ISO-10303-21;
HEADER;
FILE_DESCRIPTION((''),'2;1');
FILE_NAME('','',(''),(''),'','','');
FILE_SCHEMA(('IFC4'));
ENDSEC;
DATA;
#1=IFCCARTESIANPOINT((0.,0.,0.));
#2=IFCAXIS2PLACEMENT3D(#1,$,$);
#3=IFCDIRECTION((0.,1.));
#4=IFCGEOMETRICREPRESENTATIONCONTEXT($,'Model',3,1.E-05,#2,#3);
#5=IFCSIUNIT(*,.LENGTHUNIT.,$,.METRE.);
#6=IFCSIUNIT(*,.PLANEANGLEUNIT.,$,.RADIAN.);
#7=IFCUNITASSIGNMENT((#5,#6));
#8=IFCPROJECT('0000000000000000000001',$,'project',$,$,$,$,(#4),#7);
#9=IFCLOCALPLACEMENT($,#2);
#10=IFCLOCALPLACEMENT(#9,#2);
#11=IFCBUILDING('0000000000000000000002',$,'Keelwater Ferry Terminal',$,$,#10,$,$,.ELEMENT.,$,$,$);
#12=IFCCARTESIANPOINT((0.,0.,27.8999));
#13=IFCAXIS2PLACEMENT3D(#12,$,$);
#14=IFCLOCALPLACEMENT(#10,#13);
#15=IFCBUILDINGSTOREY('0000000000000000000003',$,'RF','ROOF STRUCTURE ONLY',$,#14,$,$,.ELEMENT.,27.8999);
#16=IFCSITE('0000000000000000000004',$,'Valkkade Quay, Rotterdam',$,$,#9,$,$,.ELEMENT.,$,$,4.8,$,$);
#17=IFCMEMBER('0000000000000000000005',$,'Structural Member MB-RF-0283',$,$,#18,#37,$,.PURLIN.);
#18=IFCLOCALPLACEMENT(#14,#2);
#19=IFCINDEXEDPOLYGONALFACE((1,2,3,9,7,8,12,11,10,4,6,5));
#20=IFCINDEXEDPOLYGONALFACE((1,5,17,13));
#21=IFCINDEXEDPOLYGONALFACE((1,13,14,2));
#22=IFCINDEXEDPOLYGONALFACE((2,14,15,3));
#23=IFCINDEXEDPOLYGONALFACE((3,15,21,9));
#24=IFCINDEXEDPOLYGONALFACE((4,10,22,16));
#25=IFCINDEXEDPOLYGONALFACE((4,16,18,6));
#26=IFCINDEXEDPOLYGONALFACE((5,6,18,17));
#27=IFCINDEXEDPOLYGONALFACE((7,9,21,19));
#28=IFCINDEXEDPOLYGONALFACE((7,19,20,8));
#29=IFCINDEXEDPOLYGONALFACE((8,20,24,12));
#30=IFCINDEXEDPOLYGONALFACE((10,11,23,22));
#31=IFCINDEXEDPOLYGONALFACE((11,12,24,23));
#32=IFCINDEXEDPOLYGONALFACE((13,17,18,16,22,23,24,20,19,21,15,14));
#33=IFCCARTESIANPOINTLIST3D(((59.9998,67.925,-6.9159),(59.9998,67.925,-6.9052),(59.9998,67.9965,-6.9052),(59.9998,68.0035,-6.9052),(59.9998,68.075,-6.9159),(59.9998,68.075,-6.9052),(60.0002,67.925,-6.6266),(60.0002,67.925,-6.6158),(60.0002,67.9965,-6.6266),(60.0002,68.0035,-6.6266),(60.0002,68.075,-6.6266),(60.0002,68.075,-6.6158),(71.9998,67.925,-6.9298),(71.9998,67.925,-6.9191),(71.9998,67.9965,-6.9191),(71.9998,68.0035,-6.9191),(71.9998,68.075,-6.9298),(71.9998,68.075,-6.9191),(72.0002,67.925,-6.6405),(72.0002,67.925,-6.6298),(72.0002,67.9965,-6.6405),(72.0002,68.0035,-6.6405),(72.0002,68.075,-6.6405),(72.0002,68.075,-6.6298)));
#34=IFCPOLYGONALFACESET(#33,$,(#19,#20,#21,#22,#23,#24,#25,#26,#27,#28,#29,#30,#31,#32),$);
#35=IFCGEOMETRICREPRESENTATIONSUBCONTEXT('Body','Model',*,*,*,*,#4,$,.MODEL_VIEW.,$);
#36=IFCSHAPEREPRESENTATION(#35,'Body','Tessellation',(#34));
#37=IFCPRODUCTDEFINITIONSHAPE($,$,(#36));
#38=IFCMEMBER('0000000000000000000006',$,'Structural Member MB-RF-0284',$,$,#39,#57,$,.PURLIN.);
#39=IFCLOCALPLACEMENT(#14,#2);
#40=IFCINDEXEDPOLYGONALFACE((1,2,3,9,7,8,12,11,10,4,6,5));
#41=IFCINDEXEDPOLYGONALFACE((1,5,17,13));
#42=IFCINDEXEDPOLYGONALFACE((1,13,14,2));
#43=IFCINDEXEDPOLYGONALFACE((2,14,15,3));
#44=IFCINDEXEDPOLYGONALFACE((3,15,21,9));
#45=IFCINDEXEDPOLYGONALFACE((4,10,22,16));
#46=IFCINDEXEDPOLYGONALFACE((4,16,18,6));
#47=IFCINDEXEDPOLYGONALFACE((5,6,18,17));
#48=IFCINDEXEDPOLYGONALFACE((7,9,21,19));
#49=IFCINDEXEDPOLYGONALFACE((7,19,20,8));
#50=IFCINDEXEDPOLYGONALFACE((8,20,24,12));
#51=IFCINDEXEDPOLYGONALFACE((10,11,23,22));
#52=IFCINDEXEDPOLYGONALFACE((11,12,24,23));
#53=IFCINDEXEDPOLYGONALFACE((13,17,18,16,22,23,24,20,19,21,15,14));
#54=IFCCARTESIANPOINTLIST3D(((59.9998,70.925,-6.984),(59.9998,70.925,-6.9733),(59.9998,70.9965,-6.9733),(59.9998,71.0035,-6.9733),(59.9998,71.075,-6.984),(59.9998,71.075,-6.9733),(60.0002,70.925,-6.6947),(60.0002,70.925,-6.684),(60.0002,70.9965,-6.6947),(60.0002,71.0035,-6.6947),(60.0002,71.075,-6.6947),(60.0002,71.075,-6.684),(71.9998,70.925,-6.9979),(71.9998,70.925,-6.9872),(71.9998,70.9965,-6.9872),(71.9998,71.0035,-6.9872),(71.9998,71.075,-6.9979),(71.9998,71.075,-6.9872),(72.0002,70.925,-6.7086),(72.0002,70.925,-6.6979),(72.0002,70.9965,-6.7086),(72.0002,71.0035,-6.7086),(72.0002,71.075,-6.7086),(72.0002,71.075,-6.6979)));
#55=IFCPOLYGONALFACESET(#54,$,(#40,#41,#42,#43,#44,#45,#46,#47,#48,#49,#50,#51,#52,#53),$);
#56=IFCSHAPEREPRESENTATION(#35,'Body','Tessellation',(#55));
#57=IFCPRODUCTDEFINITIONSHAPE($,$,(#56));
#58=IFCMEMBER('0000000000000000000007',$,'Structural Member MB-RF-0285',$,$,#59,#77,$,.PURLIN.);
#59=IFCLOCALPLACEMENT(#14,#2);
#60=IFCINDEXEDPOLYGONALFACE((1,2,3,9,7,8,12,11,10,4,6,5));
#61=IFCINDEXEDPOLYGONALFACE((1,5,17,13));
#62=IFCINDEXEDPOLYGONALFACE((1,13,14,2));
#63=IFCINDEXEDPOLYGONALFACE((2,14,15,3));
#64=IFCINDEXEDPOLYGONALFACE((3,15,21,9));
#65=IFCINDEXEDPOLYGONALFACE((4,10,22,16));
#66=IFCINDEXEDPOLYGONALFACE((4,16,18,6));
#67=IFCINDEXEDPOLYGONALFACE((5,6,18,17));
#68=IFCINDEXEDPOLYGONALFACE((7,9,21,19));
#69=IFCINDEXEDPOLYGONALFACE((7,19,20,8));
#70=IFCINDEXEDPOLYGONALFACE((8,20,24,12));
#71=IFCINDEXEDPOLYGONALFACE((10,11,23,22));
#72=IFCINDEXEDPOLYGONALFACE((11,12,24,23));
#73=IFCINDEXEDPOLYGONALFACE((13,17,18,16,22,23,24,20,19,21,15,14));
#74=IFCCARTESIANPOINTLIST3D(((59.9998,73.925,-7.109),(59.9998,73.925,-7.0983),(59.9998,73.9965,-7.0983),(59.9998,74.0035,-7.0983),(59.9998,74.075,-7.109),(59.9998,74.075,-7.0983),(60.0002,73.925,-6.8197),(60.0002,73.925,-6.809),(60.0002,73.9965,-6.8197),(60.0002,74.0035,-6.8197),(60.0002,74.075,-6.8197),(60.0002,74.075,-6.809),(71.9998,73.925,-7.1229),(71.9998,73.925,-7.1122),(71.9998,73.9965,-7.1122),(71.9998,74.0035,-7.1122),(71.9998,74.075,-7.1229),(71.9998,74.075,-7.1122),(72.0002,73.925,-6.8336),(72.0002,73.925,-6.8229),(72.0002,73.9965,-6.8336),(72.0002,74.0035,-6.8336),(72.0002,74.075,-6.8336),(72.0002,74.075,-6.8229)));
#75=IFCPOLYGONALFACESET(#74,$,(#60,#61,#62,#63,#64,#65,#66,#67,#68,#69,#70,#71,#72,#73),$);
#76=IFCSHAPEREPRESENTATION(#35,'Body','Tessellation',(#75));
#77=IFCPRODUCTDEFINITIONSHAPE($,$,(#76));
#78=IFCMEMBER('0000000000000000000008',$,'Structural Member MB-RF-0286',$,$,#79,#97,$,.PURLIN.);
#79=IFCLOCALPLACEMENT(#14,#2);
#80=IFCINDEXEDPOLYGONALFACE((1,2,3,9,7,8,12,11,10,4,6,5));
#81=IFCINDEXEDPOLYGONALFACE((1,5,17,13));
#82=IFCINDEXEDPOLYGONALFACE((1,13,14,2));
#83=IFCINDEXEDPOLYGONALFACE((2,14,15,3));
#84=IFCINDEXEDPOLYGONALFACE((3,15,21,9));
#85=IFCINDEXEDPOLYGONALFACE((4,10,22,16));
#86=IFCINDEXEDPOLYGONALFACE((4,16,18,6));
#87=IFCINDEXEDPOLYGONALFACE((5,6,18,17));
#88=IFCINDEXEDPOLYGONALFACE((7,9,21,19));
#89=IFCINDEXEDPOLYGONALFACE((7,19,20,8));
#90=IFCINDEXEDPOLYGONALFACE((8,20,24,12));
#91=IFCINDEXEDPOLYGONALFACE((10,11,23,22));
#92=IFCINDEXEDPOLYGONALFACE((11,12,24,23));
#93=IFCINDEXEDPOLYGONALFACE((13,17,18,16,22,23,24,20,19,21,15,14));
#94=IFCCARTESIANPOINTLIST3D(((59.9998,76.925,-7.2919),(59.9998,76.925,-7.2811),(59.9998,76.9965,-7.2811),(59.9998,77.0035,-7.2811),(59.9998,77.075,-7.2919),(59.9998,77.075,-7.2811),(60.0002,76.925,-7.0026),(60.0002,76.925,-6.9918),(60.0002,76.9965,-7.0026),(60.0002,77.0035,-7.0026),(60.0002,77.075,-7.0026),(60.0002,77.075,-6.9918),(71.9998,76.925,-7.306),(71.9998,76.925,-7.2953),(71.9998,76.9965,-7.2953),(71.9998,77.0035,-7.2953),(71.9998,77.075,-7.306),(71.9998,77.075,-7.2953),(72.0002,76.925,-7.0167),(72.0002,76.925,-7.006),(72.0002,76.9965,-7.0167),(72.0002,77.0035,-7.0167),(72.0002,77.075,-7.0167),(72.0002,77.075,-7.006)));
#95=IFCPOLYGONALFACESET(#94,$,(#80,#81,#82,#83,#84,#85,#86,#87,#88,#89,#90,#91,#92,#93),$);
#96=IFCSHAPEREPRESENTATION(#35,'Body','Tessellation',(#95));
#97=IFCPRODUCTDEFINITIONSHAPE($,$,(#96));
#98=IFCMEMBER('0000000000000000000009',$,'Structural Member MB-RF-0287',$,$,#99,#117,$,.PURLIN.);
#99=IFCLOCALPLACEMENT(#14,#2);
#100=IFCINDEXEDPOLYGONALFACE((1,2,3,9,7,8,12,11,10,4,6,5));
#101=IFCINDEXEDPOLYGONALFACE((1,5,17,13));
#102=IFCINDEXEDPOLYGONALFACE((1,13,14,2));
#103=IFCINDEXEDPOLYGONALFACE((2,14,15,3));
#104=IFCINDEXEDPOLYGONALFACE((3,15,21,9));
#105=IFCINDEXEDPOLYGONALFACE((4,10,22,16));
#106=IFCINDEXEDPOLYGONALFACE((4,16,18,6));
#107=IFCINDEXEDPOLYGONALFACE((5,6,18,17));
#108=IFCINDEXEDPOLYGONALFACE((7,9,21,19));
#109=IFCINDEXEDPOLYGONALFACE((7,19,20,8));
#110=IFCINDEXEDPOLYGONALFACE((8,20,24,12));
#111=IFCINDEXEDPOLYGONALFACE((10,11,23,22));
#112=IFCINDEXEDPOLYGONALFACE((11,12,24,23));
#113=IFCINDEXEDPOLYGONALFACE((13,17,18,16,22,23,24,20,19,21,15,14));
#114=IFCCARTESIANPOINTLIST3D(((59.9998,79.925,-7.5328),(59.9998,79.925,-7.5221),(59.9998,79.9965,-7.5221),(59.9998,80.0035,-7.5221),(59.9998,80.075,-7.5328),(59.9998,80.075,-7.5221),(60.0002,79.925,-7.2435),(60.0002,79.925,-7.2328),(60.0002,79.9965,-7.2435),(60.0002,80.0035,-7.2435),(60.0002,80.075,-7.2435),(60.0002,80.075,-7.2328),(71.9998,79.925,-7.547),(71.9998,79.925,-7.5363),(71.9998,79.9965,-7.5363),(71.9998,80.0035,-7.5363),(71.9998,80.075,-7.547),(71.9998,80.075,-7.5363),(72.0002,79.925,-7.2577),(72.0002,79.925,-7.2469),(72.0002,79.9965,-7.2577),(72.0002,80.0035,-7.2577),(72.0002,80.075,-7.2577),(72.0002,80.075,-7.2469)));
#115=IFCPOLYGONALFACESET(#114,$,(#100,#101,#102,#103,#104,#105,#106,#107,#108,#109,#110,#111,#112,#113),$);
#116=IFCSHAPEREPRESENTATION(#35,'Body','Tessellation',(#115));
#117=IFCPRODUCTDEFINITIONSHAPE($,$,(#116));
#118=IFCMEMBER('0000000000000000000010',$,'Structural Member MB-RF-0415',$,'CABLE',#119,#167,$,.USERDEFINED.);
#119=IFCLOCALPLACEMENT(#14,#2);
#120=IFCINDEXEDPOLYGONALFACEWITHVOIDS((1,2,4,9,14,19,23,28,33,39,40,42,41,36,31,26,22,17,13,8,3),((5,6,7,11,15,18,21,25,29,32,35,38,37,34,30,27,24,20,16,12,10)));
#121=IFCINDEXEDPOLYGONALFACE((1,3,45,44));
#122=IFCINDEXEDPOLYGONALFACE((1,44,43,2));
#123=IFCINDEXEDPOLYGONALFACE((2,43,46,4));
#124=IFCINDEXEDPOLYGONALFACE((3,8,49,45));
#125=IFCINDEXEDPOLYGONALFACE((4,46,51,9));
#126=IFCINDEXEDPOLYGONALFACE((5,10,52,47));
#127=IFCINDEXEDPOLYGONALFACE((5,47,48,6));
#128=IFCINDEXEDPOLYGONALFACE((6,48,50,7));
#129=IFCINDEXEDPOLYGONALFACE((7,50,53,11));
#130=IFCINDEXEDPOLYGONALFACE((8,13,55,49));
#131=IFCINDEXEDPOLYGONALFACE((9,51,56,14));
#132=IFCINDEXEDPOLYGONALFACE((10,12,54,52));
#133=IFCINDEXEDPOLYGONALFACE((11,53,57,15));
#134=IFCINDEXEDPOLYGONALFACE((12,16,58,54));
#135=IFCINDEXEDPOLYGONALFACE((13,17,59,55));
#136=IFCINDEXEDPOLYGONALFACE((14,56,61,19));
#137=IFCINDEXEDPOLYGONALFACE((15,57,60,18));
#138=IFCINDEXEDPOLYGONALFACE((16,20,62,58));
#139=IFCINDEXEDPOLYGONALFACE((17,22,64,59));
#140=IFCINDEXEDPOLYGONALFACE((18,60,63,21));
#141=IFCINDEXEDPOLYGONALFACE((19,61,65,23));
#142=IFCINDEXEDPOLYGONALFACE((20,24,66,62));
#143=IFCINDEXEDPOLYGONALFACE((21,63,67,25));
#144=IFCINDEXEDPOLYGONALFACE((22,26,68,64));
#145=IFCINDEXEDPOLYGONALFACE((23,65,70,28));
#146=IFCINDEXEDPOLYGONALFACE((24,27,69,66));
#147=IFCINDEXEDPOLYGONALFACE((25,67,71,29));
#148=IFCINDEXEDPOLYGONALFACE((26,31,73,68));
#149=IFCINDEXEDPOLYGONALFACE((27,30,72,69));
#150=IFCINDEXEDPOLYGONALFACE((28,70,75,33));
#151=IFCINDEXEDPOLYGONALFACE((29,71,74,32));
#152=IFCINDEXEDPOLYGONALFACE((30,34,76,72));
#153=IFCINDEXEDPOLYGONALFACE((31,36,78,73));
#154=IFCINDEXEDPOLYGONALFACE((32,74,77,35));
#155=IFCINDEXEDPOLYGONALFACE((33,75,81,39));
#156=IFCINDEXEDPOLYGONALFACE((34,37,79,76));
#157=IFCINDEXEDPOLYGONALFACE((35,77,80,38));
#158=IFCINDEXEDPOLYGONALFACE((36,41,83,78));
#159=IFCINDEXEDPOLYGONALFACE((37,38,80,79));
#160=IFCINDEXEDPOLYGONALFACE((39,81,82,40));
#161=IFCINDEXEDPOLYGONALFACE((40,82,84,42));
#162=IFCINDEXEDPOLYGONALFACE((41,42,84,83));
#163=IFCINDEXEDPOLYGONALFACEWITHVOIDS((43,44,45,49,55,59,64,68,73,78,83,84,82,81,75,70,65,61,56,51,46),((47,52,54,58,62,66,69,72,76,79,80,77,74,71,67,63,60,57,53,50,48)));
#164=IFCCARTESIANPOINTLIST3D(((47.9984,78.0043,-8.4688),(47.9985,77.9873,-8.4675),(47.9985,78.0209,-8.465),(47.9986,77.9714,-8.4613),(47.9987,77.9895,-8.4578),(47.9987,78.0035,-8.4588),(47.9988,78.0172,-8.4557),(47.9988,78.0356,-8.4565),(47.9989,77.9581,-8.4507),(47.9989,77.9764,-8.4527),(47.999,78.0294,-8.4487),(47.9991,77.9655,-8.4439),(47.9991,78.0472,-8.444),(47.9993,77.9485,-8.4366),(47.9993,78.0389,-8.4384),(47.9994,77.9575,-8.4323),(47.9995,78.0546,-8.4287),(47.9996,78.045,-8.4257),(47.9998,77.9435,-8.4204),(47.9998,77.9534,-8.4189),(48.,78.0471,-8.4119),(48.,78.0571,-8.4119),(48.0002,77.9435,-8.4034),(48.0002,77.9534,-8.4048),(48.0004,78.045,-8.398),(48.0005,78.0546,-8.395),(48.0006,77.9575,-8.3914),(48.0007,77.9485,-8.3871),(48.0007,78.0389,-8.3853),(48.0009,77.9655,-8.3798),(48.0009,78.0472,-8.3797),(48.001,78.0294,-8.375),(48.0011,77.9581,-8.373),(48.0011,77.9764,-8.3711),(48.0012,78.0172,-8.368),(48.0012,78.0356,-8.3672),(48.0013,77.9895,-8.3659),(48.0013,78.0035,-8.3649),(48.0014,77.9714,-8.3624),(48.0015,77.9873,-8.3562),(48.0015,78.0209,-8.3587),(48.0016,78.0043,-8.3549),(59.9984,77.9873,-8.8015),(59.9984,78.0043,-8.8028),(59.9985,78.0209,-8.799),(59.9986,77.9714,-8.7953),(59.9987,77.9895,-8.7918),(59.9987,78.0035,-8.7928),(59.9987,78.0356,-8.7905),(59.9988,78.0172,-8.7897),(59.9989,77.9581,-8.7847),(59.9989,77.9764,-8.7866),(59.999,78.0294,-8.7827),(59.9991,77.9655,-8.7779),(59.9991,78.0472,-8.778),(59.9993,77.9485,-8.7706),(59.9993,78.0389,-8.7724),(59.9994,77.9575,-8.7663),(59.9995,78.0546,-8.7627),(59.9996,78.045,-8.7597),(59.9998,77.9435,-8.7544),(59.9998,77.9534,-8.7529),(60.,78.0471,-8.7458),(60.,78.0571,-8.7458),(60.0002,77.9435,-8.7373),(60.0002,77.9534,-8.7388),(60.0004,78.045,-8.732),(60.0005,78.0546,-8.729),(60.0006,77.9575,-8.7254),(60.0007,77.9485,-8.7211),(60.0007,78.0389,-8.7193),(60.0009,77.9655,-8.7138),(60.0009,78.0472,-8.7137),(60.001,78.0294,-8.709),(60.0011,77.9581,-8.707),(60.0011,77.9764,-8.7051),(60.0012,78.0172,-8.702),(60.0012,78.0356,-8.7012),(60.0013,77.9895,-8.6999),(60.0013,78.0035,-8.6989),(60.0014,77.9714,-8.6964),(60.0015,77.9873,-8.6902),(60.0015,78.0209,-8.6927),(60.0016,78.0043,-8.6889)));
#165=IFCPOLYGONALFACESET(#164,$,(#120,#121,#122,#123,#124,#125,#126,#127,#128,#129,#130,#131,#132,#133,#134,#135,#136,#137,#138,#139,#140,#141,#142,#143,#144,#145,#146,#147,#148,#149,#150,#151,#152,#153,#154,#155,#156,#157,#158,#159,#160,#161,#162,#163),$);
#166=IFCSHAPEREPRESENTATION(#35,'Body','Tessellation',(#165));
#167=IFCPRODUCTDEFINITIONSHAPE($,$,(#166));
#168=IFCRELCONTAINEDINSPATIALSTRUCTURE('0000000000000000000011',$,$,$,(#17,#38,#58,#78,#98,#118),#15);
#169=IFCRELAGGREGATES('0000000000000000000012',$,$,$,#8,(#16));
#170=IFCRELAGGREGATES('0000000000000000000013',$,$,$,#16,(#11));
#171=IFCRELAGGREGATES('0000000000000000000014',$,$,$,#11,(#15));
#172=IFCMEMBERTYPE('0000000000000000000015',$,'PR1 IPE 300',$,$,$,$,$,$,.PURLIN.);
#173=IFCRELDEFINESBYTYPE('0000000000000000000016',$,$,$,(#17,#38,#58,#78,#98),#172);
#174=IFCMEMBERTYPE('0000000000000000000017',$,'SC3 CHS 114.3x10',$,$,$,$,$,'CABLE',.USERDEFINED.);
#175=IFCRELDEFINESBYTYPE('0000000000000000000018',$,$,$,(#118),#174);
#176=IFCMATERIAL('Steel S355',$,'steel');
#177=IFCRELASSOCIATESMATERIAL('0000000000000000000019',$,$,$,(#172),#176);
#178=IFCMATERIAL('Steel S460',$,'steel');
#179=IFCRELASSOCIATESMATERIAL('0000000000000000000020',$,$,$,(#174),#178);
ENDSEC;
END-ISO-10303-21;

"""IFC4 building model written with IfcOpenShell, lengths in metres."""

from ifc_helpers import new_model, si_unit, direction, frame, origin, origin_2d, place, context, subcontext, project, spatial, hollow_circle, i_section, extrude, material, material_profile, profile_set, type_object, element, save


model = new_model("IFC4")

# Units and contexts
model_context = context("Model", 3, precision=1e-05, world=origin(), true_north=direction((0.0, 1.0)))
body_context = subcontext(model_context, "Body", "Model", "MODEL_VIEW")
ifc_project = project(units=[si_unit("LENGTHUNIT", "METRE"), si_unit("PLANEANGLEUNIT", "RADIAN")], contexts=[model_context])

# Site, building, storey
site_placement = place(None, origin())
site = spatial("IfcSite", under=ifc_project, at=site_placement, Name="Valkkade Quay, Rotterdam", CompositionType="ELEMENT", RefElevation=4.8)
building_placement = place(site_placement, origin())
building = spatial("IfcBuilding", under=site, at=building_placement, Name="Keelwater Ferry Terminal", CompositionType="ELEMENT")
storey_placement = place(building_placement, frame((0.0, 0.0, 27.8999)))
storey = spatial("IfcBuildingStorey", under=building, at=storey_placement, Name="RF", Description="ROOF STRUCTURE ONLY", CompositionType="ELEMENT", Elevation=27.8999)

# Members
ifc_material_1 = material(Name="Steel S355", Category="steel")
ifc_material_profile_1 = material_profile(ifc_material_1, i_section(OverallWidth=0.1499, OverallDepth=0.3, WebThickness=0.0071, FlangeThickness=0.0107, at=origin_2d()), Name="IPE 300")
ifc_profile_set_1 = profile_set([ifc_material_profile_1], Name="Steel S355")
member_type_1 = type_object("IfcMemberType", Name="PR1 IPE 300", PredefinedType="PURLIN", material=ifc_profile_set_1)
for number, where, z_axis, x_axis, name in (
    (1, (60.0, 68.0, -6.7659), (0.999999, 0.0, -0.00116), (0.0, 1.0, 0.0), "Structural Member MB-RF-0283"),
    (2, (60.0, 71.0, -6.834), (0.999999, 0.0, -0.00116), (0.0, 1.0, 0.0), "Structural Member MB-RF-0284"),
    (3, (60.0, 74.0, -6.959), (0.999999, 0.0, -0.00116), (0.0, 1.0, 0.0), "Structural Member MB-RF-0285"),
    (4, (60.0, 77.0, -7.1418), (0.999999, 0.0, -0.00118), (0.0, 1.0, 0.0), "Structural Member MB-RF-0286"),
    (5, (60.0, 80.0, -7.3828), (0.999999, 0.0, -0.00118), (0.0, 1.0, 0.0), "Structural Member MB-RF-0287"),
):
    element("IfcMember", number, at=place(storey_placement, frame(where, z_axis=z_axis, x_axis=x_axis)), inside=storey, type_object=member_type_1, Name=name, PredefinedType="PURLIN", context=body_context, shape_type="SweptSolid", body=[
        extrude(i_section(OverallWidth=0.1499, OverallDepth=0.3, WebThickness=0.0071, FlangeThickness=0.0107, at=origin_2d()), origin(), (0.0, 0.0, 1.0), 12.0),
    ])
ifc_material_2 = material(Name="Steel S460", Category="steel")
ifc_material_profile_2 = material_profile(ifc_material_2, hollow_circle(Radius=0.0571, WallThickness=0.01, at=origin_2d()), Name="CHS 114.3x10")
ifc_profile_set_2 = profile_set([ifc_material_profile_2], Name="Steel S460")
member_type_2 = type_object("IfcMemberType", Name="SC3 CHS 114.3x10", ElementType="CABLE", PredefinedType="USERDEFINED", material=ifc_profile_set_2)
member_1_placement = place(storey_placement, frame((48.0, 78.0, -8.4119), z_axis=(0.999613, 0.0, -0.027821), x_axis=(0.0, 1.0, 0.0)))
element("IfcMember", 6, at=member_1_placement, inside=storey, type_object=member_type_2, Name="Structural Member MB-RF-0415", ObjectType="CABLE", PredefinedType="USERDEFINED", context=body_context, shape_type="SweptSolid", body=[
    extrude(hollow_circle(Radius=0.0571, WallThickness=0.01, at=origin_2d()), origin(), (0.0, 0.0, 1.0), 12.0046),
])

save(model, "model.ifc")
